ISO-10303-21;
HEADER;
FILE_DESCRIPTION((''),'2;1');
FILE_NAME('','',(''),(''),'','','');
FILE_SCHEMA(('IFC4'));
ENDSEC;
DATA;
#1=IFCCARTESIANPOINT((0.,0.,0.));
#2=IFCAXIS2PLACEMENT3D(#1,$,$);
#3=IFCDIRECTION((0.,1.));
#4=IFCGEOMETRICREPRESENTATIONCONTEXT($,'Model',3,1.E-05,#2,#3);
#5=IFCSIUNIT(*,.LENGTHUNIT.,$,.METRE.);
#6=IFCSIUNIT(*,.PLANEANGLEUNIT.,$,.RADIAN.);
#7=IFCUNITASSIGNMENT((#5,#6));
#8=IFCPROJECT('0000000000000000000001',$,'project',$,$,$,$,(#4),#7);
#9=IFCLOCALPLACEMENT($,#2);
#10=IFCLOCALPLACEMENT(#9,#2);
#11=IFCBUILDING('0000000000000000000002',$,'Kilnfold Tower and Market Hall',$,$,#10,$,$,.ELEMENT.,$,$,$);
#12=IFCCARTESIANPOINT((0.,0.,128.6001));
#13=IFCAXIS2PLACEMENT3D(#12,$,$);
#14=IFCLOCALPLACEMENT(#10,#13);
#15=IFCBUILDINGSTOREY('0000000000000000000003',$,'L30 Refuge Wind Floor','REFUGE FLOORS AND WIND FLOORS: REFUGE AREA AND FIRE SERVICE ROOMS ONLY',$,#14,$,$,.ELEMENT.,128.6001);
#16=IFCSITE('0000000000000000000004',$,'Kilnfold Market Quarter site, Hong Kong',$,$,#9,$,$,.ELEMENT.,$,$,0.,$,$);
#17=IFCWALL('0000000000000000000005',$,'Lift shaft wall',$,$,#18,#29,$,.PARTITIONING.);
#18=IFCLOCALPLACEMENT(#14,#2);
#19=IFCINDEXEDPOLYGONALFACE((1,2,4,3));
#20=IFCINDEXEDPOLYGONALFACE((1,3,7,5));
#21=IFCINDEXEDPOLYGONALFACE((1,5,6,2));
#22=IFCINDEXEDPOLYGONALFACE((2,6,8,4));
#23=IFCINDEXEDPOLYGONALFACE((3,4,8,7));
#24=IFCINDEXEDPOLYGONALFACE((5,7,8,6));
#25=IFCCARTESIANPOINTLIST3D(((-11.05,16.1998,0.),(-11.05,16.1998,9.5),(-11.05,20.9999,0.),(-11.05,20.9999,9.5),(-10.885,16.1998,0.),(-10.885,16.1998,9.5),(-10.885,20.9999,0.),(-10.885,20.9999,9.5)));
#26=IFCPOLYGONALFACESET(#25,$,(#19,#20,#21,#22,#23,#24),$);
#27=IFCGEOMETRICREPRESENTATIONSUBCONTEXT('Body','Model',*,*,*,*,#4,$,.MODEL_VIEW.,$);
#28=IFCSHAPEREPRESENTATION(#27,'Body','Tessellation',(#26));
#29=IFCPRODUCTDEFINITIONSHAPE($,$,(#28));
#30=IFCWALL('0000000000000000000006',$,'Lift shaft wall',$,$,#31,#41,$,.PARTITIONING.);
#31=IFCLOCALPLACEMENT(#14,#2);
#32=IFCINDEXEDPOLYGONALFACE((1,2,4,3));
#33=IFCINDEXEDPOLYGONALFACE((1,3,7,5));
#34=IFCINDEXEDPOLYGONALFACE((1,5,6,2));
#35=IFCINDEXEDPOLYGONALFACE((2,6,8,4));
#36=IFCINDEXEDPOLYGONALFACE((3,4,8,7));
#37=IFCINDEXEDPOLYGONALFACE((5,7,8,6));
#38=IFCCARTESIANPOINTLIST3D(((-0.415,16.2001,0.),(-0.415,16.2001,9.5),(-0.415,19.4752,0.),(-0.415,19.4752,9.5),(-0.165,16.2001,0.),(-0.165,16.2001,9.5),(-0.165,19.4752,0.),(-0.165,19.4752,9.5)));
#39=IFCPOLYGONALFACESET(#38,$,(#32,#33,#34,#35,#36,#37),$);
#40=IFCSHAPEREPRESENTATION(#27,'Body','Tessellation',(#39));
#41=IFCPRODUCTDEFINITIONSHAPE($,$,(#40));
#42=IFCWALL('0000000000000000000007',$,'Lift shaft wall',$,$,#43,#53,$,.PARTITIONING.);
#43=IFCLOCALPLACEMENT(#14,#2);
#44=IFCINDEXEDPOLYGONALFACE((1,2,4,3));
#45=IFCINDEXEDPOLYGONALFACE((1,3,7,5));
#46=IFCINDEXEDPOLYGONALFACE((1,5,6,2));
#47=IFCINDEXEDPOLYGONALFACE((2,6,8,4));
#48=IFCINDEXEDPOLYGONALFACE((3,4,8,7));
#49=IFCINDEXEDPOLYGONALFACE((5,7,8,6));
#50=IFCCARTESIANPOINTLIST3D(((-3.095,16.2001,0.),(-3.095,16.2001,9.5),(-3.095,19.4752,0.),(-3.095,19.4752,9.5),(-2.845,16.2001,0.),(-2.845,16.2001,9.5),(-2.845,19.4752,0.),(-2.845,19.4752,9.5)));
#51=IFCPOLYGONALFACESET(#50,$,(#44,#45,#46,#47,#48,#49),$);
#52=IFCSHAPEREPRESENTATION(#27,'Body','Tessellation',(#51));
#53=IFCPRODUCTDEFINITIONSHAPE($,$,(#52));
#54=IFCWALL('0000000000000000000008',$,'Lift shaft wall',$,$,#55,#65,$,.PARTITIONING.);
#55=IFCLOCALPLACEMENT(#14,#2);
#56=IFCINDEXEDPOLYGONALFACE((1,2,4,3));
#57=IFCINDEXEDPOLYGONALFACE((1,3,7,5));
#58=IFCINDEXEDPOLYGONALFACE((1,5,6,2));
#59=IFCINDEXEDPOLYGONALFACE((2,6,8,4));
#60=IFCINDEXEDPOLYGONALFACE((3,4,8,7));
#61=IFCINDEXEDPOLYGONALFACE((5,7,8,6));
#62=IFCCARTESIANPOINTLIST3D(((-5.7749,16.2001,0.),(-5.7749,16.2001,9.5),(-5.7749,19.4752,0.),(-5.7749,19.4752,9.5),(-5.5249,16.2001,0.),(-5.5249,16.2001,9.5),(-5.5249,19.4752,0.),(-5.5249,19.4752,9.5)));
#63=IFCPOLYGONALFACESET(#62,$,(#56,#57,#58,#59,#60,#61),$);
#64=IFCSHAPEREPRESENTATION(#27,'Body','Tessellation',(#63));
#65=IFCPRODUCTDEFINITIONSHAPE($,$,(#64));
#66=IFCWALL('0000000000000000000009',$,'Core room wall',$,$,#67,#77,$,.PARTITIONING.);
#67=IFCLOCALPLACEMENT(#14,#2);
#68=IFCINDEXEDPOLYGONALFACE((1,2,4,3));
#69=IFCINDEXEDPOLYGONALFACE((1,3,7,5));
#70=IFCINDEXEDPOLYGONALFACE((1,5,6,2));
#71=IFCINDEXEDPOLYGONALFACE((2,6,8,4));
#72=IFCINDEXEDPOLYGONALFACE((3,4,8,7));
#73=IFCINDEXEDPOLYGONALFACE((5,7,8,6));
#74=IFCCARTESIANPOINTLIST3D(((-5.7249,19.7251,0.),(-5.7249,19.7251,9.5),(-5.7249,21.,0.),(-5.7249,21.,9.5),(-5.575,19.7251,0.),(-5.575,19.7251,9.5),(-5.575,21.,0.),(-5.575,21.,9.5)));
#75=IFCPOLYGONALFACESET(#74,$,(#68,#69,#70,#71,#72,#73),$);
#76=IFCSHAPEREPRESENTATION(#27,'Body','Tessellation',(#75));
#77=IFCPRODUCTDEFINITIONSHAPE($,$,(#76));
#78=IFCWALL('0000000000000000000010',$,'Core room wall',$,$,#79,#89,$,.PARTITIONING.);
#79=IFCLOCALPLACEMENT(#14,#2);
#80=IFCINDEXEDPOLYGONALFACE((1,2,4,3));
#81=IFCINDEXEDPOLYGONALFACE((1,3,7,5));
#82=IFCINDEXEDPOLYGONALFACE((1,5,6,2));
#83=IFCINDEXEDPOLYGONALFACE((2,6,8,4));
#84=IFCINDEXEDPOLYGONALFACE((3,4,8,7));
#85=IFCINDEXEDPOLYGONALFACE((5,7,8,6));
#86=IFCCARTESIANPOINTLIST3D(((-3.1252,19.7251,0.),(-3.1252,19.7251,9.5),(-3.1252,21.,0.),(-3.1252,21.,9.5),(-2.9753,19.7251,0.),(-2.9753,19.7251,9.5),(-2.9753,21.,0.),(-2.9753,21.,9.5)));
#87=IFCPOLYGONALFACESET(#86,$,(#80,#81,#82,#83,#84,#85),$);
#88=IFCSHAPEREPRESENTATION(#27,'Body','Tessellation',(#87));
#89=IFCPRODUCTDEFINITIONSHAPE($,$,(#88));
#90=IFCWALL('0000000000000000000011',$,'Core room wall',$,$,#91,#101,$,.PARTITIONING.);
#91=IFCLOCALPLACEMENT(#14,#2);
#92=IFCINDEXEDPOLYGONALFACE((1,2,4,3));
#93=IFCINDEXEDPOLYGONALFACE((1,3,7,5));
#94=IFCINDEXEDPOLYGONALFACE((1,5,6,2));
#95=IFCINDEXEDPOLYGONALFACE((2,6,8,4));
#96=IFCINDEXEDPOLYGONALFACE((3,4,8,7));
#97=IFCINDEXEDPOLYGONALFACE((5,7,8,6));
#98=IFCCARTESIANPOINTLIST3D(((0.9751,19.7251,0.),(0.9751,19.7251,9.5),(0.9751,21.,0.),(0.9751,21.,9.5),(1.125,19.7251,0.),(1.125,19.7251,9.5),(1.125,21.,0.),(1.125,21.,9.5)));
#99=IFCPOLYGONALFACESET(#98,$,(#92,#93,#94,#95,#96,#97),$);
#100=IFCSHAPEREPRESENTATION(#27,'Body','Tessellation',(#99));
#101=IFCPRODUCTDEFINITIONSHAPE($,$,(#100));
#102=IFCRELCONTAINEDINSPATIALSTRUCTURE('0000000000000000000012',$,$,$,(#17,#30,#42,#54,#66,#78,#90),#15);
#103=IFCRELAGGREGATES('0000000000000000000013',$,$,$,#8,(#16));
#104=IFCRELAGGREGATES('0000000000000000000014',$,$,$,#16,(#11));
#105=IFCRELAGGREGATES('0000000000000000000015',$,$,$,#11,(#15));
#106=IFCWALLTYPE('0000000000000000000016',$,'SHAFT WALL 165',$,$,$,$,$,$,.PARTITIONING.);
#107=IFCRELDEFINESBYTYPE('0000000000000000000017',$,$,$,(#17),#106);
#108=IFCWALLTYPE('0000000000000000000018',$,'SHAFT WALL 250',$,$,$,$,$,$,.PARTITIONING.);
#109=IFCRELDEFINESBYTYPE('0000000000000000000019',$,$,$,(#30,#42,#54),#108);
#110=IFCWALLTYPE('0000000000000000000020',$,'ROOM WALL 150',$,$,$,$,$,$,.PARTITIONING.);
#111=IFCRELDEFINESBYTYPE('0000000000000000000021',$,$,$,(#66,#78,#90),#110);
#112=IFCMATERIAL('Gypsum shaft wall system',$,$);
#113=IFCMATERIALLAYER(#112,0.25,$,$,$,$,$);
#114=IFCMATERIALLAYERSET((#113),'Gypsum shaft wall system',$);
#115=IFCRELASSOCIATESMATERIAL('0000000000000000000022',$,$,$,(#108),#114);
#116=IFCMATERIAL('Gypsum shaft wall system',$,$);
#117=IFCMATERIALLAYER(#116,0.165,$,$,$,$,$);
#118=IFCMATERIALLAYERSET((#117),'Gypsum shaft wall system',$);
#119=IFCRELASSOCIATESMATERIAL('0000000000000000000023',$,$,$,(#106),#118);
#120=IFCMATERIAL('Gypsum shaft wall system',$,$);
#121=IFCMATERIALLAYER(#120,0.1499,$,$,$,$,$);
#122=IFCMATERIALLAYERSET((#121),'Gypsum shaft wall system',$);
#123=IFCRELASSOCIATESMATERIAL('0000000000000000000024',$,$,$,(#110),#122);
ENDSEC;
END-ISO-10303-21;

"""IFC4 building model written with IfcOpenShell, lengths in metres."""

from ifc_helpers import new_model, si_unit, direction, frame, frame_2d, origin, place, context, subcontext, project, spatial, rectangle, extrude, source, transform, mapped, material, layer, layer_set, type_object, element, save


model = new_model("IFC4")

# Units and contexts
model_context = context("Model", 3, precision=1e-05, world=origin(), true_north=direction((0.0, 1.0)))
body_context = subcontext(model_context, "Body", "Model", "MODEL_VIEW")
ifc_project = project(units=[si_unit("LENGTHUNIT", "METRE"), si_unit("PLANEANGLEUNIT", "RADIAN")], contexts=[model_context])

# Site, building, storey
site_placement = place(None, origin())
site = spatial("IfcSite", under=ifc_project, at=site_placement, Name="Kilnfold Market Quarter site, Hong Kong", CompositionType="ELEMENT", RefElevation=0.0)
building_placement = place(site_placement, origin())
building = spatial("IfcBuilding", under=site, at=building_placement, Name="Kilnfold Tower and Market Hall", CompositionType="ELEMENT")
storey_placement = place(building_placement, frame((0.0, 0.0, 128.6001)))
storey = spatial("IfcBuildingStorey", under=building, at=storey_placement, Name="L30 Refuge Wind Floor", Description="REFUGE FLOORS AND WIND FLOORS: REFUGE AREA AND FIRE SERVICE ROOMS ONLY", CompositionType="ELEMENT", Elevation=128.6001)

# Walls
ifc_material_1 = material(Name="Gypsum shaft wall system")
ifc_layer_1 = layer(ifc_material_1, 0.25)
ifc_layer_set_1 = layer_set([ifc_layer_1], Name="Gypsum shaft wall system")
wall_type_1 = type_object("IfcWallType", Name="SHAFT WALL 250", PredefinedType="PARTITIONING", material=ifc_layer_set_1)
ifc_material_2 = material(Name="Gypsum shaft wall system")
ifc_layer_2 = layer(ifc_material_2, 0.165)
ifc_layer_set_2 = layer_set([ifc_layer_2], Name="Gypsum shaft wall system")
wall_type_2 = type_object("IfcWallType", Name="SHAFT WALL 165", PredefinedType="PARTITIONING", material=ifc_layer_set_2)
shared_shape_1 = source(origin(), body_context, "Body", "SweptSolid", [
    extrude(rectangle(XDim=4.8, YDim=0.165, at=frame_2d((2.3999, 0.0))), origin(), (0.0, 0.0, 1.0), 9.5),
])
wall_1_placement = place(storey_placement, frame((-10.9675, 16.2, 0.0), z_axis=(0.0, 0.0, 1.0), x_axis=(0.0, 1.0, 0.0)))
element("IfcWall", 1, at=wall_1_placement, inside=storey, type_object=wall_type_2, Name="Lift shaft wall", PredefinedType="PARTITIONING", context=body_context, shape_type="MappedRepresentation", body=[
    mapped(shared_shape_1, transform((0.0, 0.0, 0.0))),
])
shared_shape_2 = source(origin(), body_context, "Body", "SweptSolid", [
    extrude(rectangle(XDim=3.2751, YDim=0.25, at=frame_2d((1.6377, 0.0))), origin(), (0.0, 0.0, 1.0), 9.5),
])
for number, where, z_axis, x_axis, name in (
    (2, (-0.29, 16.2, 0.0), (0.0, 0.0, 1.0), (0.0, 1.0, 0.0), "Lift shaft wall"),
    (3, (-2.97, 16.2, 0.0), (0.0, 0.0, 1.0), (0.0, 1.0, 0.0), "Lift shaft wall"),
    (4, (-5.6499, 16.2, 0.0), (0.0, 0.0, 1.0), (0.0, 1.0, 0.0), "Lift shaft wall"),
):
    element("IfcWall", number, at=place(storey_placement, frame(where, z_axis=z_axis, x_axis=x_axis)), inside=storey, type_object=wall_type_1, Name=name, PredefinedType="PARTITIONING", context=body_context, shape_type="MappedRepresentation", body=[
        mapped(shared_shape_2, transform((0.0, 0.0, 0.0))),
    ])
ifc_material_3 = material(Name="Gypsum shaft wall system")
ifc_layer_3 = layer(ifc_material_3, 0.1499)
ifc_layer_set_3 = layer_set([ifc_layer_3], Name="Gypsum shaft wall system")
wall_type_3 = type_object("IfcWallType", Name="ROOM WALL 150", PredefinedType="PARTITIONING", material=ifc_layer_set_3)
shared_shape_3 = source(origin(), body_context, "Body", "SweptSolid", [
    extrude(rectangle(XDim=1.2749, YDim=0.1499, at=frame_2d((0.6375, 0.0))), origin(), (0.0, 0.0, 1.0), 9.5),
])
for number, where, z_axis, x_axis, name in (
    (5, (-5.6499, 19.7251, 0.0), (0.0, 0.0, 1.0), (0.0, 1.0, 0.0), "Core room wall"),
    (6, (-3.0503, 19.7251, 0.0), (0.0, 0.0, 1.0), (0.0, 1.0, 0.0), "Core room wall"),
    (7, (1.05, 19.7251, 0.0), (0.0, 0.0, 1.0), (0.0, 1.0, 0.0), "Core room wall"),
):
    element("IfcWall", number, at=place(storey_placement, frame(where, z_axis=z_axis, x_axis=x_axis)), inside=storey, type_object=wall_type_3, Name=name, PredefinedType="PARTITIONING", context=body_context, shape_type="MappedRepresentation", body=[
        mapped(shared_shape_3, transform((0.0, 0.0, 0.0))),
    ])

save(model, "model.ifc")
